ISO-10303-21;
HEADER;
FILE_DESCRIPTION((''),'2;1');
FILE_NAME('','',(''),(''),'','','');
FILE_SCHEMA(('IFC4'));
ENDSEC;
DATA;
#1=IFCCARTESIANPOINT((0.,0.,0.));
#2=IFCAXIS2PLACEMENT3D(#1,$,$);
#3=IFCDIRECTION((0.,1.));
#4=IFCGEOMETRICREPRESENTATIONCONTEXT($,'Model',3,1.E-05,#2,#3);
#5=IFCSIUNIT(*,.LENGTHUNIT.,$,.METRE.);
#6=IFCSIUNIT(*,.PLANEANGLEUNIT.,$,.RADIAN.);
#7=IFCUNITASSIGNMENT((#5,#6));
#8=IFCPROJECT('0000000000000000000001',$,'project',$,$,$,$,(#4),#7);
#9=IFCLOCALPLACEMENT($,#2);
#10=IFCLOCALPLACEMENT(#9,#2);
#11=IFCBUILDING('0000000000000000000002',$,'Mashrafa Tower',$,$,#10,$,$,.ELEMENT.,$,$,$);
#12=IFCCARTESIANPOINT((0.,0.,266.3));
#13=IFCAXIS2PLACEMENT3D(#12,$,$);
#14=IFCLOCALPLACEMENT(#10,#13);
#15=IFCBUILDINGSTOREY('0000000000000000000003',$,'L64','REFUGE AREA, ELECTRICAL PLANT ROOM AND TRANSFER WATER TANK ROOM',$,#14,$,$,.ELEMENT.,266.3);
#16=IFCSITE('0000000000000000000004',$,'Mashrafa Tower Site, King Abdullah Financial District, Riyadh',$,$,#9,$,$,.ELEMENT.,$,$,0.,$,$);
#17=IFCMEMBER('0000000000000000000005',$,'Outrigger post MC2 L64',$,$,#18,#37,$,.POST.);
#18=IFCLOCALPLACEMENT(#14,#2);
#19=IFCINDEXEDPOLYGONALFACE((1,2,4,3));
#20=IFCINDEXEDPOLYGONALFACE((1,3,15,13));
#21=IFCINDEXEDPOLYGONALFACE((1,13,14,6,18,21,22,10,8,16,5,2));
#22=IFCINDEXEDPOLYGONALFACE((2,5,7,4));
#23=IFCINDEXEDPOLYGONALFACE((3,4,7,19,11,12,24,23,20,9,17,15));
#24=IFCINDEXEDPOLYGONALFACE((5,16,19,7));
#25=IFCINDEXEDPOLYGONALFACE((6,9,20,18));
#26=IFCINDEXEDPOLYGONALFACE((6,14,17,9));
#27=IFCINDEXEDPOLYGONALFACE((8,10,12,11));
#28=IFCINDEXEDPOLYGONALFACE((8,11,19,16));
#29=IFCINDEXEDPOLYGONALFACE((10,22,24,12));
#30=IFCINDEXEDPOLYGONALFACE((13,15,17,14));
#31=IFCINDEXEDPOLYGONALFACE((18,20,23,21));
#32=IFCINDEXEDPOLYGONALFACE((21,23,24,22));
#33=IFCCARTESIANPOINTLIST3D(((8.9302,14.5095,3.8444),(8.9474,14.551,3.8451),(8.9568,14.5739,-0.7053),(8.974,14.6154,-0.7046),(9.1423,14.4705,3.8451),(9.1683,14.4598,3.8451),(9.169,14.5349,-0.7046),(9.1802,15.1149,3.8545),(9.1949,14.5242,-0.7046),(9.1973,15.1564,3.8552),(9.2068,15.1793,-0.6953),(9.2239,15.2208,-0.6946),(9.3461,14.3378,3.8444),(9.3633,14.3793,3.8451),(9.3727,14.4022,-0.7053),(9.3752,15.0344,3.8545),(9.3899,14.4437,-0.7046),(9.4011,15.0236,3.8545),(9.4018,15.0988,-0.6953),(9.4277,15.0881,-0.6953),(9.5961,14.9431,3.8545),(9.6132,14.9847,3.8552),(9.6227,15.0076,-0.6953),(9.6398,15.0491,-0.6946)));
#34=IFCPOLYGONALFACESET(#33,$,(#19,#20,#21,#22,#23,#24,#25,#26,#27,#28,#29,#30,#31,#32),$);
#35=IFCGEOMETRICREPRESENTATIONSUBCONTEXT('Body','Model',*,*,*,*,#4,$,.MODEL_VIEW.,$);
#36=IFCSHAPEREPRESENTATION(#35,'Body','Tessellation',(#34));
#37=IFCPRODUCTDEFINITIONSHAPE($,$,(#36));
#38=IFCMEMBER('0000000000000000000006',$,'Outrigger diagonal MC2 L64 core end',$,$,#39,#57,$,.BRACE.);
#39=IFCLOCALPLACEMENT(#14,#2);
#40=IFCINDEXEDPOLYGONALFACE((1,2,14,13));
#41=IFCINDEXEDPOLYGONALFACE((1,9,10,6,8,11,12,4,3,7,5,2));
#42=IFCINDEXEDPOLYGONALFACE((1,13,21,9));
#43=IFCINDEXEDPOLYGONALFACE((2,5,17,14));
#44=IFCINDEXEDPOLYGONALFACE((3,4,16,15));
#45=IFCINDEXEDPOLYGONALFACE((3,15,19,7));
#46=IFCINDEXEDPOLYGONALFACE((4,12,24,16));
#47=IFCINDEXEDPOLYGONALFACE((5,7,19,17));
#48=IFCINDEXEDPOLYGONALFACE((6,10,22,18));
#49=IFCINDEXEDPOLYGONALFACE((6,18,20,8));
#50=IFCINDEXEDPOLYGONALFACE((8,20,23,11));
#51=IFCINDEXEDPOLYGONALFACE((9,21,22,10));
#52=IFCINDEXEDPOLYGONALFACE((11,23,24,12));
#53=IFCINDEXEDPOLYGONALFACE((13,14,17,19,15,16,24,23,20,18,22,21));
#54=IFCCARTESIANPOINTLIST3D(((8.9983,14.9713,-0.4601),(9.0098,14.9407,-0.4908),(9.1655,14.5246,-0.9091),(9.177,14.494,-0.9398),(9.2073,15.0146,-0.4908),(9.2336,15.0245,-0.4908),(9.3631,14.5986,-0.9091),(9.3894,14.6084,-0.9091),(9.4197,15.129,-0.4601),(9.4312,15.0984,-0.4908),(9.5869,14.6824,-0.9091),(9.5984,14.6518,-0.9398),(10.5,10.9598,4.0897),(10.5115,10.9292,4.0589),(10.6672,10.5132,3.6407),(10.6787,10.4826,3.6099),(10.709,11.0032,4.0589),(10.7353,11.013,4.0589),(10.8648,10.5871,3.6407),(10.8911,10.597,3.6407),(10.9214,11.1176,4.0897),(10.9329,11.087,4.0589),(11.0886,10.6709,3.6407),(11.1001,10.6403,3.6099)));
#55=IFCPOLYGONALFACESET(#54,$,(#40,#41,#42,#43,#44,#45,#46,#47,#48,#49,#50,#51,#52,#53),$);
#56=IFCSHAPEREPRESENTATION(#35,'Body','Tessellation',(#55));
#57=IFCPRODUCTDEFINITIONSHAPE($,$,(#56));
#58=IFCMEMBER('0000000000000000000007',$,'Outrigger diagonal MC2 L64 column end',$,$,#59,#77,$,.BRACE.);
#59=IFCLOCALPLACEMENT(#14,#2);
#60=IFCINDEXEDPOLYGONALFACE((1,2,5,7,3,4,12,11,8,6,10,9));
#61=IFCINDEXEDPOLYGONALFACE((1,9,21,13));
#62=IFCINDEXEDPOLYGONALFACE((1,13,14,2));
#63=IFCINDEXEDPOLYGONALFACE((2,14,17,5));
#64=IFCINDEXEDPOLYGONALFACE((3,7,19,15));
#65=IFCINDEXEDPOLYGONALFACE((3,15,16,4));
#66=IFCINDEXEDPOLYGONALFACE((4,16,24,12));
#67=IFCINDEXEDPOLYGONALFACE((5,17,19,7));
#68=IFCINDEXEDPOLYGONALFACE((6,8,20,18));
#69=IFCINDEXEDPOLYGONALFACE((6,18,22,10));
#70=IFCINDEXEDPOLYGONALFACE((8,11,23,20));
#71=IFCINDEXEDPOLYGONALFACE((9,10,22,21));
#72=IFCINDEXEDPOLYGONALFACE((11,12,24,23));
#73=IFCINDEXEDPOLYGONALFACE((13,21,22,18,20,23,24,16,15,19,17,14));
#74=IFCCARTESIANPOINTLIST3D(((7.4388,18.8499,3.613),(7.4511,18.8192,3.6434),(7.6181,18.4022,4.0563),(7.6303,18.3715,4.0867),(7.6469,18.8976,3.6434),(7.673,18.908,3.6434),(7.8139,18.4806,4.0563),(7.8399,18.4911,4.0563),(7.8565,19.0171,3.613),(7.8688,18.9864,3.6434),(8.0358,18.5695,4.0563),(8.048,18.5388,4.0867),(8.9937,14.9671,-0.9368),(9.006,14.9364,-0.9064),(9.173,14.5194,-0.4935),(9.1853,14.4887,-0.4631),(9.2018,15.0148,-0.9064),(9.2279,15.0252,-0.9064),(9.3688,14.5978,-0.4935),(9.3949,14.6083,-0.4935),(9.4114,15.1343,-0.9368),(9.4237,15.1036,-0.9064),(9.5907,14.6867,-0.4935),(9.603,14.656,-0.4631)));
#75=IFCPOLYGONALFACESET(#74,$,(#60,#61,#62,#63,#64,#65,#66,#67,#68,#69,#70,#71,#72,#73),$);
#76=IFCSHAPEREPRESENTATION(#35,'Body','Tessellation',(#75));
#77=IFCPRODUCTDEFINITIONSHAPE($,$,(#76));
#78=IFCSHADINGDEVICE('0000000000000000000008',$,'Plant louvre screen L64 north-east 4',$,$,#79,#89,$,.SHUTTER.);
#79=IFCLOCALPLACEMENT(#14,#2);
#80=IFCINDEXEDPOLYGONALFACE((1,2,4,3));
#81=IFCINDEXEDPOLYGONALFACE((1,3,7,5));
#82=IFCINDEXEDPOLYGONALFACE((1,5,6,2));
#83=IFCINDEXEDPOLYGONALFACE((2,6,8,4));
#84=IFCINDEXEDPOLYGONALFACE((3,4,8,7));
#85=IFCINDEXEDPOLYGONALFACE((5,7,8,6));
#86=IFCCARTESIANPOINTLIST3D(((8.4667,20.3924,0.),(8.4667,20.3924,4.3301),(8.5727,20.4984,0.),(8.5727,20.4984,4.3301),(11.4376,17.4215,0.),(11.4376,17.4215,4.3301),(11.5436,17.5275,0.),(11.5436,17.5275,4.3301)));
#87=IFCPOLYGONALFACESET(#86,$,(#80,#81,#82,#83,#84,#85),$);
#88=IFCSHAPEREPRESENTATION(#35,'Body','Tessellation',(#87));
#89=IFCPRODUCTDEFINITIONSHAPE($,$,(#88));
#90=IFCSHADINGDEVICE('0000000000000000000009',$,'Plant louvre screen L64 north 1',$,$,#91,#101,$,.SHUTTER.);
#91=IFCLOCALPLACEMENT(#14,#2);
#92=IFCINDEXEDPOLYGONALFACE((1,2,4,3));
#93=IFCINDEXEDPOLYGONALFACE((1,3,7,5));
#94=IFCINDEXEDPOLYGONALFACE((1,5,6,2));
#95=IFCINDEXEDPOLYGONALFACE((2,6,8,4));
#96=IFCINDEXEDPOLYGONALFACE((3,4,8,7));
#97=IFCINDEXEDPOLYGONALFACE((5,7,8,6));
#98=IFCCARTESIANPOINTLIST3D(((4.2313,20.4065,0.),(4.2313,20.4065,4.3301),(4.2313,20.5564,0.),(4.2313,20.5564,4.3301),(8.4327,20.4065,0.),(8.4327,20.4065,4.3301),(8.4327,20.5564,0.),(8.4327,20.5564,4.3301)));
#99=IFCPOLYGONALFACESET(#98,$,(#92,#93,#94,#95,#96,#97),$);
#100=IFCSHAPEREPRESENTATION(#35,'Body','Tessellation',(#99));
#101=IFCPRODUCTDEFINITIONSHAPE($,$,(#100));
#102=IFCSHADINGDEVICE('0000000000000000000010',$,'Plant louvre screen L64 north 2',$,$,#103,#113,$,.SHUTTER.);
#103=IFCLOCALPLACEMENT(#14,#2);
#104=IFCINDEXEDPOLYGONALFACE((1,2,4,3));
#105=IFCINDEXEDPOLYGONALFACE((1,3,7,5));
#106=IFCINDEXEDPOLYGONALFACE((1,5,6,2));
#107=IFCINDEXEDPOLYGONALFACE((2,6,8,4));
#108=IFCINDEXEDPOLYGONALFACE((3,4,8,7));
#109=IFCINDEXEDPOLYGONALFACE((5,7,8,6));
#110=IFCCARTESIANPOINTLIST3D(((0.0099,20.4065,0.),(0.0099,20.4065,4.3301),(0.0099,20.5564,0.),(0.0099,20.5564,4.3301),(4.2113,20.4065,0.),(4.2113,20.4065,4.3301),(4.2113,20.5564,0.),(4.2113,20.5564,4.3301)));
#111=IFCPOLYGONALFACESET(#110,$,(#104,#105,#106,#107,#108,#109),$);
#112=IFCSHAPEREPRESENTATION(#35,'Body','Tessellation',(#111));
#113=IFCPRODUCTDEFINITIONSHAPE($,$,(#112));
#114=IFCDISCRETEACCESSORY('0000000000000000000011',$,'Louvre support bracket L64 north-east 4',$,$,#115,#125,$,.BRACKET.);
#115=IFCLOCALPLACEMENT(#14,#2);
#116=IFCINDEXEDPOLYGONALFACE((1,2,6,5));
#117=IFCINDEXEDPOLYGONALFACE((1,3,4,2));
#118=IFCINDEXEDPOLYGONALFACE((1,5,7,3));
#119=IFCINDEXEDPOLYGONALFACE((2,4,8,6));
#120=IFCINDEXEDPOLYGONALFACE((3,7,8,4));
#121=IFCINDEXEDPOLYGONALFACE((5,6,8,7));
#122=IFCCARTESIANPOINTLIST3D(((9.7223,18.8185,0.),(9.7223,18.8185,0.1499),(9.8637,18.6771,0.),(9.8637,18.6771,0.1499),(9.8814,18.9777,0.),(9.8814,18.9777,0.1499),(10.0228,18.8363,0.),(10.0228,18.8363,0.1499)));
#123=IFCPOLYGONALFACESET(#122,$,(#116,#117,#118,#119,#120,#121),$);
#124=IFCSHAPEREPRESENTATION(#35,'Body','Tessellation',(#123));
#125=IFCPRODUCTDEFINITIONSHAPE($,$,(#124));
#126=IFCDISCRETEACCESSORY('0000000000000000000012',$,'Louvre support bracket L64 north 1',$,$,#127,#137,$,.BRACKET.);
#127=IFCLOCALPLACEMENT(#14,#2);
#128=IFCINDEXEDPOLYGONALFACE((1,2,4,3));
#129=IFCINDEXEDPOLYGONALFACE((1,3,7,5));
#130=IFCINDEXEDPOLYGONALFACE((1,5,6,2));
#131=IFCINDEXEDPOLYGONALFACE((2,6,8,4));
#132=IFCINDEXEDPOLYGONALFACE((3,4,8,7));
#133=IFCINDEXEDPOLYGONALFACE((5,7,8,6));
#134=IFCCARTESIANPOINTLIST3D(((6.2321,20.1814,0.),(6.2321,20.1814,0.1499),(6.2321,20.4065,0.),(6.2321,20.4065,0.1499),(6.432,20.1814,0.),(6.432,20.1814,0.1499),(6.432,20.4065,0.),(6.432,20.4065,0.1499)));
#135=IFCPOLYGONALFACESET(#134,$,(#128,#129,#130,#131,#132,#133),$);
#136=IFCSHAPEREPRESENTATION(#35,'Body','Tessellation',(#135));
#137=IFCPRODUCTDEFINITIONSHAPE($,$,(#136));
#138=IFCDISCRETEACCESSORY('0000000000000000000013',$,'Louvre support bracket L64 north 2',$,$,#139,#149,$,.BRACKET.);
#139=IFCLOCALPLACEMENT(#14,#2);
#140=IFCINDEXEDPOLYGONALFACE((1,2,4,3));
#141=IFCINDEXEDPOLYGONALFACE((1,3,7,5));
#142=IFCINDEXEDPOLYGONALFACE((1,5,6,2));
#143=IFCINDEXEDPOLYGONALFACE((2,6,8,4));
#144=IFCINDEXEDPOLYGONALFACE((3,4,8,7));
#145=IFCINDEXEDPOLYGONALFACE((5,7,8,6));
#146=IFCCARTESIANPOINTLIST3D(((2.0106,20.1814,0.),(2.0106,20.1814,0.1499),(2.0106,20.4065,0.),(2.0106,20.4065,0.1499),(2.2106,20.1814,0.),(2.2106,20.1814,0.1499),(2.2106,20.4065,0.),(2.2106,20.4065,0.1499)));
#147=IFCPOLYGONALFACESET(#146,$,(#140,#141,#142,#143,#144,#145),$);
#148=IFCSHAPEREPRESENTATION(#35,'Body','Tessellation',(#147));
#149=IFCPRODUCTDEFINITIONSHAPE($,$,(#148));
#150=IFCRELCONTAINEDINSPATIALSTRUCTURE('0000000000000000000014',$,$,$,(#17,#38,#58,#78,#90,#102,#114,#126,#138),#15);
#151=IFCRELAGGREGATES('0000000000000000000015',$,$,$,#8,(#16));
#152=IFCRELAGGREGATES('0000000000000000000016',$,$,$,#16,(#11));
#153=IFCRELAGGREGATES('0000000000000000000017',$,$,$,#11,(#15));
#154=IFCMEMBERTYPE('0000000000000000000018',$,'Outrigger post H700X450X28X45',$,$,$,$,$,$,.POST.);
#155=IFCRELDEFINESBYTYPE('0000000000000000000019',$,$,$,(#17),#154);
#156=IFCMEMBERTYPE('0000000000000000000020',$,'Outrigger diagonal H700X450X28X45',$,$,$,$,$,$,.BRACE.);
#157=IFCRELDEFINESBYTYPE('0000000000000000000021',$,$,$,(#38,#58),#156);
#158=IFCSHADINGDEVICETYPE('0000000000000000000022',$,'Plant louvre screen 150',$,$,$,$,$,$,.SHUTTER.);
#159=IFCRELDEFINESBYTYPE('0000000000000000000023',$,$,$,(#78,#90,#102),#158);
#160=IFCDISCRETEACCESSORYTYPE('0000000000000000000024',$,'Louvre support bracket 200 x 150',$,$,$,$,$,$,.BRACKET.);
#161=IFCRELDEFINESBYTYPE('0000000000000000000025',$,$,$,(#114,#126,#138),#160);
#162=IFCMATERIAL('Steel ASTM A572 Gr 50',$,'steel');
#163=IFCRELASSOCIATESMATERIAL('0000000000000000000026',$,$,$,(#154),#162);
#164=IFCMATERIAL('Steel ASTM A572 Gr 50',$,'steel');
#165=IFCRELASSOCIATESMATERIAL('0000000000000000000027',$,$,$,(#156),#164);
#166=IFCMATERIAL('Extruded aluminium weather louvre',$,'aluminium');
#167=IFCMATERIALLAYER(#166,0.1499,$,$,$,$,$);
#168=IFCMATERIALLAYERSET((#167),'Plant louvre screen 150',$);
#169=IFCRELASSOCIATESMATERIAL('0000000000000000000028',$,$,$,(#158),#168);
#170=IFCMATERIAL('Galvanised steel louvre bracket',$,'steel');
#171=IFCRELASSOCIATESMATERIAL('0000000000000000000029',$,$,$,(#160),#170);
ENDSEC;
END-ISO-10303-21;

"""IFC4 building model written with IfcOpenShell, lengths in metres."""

from ifc_helpers import new_model, si_unit, direction, frame, origin, origin_2d, place, context, subcontext, project, spatial, rectangle, i_section, extrude, source, transform, mapped, material, layer, layer_set, material_profile, profile_set, type_object, type_shapes, element, save


model = new_model("IFC4")

# Units and contexts
model_context = context("Model", 3, precision=1e-05, world=origin(), true_north=direction((0.0, 1.0)))
body_context = subcontext(model_context, "Body", "Model", "MODEL_VIEW")
ifc_project = project(units=[si_unit("LENGTHUNIT", "METRE"), si_unit("PLANEANGLEUNIT", "RADIAN")], contexts=[model_context])

# Site, building, storey
site_placement = place(None, origin())
site = spatial("IfcSite", under=ifc_project, at=site_placement, Name="Mashrafa Tower Site, King Abdullah Financial District, Riyadh", CompositionType="ELEMENT", RefElevation=0.0)
building_placement = place(site_placement, origin())
building = spatial("IfcBuilding", under=site, at=building_placement, Name="Mashrafa Tower", CompositionType="ELEMENT")
storey_placement = place(building_placement, frame((0.0, 0.0, 266.3)))
storey = spatial("IfcBuildingStorey", under=building, at=storey_placement, Name="L64", Description="REFUGE AREA, ELECTRICAL PLANT ROOM AND TRANSFER WATER TANK ROOM", CompositionType="ELEMENT", Elevation=266.3)

# Members
ifc_material_1 = material(Name="Steel ASTM A572 Gr 50", Category="steel")
ifc_material_profile_1 = material_profile(ifc_material_1, i_section(OverallWidth=0.45, OverallDepth=0.7, WebThickness=0.0281, FlangeThickness=0.0449, at=origin_2d()), Name="H700X450X28X45")
ifc_profile_set_1 = profile_set([ifc_material_profile_1], Name="Steel ASTM A572 Gr 50")
member_type_1 = type_object("IfcMemberType", Name="Outrigger post H700X450X28X45", PredefinedType="POST", material=ifc_profile_set_1)
shared_shape_1 = source(origin(), body_context, "Body", "SweptSolid", [
    extrude(i_section(OverallWidth=0.45, OverallDepth=0.7, WebThickness=0.0281, FlangeThickness=0.0449, at=origin_2d()), origin(), (0.0, 0.0, 1.0), 4.5503),
])
type_shapes(member_type_1, [shared_shape_1])
member_1_placement = place(storey_placement, frame((9.2983, 14.8115, -0.7), z_axis=(-0.005848, -0.014164, 0.999883), x_axis=(0.924315, -0.38163, 0.0)))
element("IfcMember", 1, at=member_1_placement, inside=storey, type_object=member_type_1, Name="Outrigger post MC2 L64", PredefinedType="POST", context=body_context, shape_type="MappedRepresentation", body=[
    mapped(shared_shape_1, transform((0.0, 0.0, 0.0))),
])
ifc_material_2 = material(Name="Steel ASTM A572 Gr 50", Category="steel")
ifc_material_profile_2 = material_profile(ifc_material_2, i_section(OverallWidth=0.45, OverallDepth=0.7, WebThickness=0.0281, FlangeThickness=0.0449, at=origin_2d()), Name="H700X450X28X45")
ifc_profile_set_2 = profile_set([ifc_material_profile_2], Name="Steel ASTM A572 Gr 50")
member_type_2 = type_object("IfcMemberType", Name="Outrigger diagonal H700X450X28X45", PredefinedType="BRACE", material=ifc_profile_set_2)
shared_shape_2 = source(origin(), body_context, "Body", "SweptSolid", [
    extrude(i_section(OverallWidth=0.45, OverallDepth=0.7, WebThickness=0.0281, FlangeThickness=0.0449, at=origin_2d()), origin(), (0.0, 0.0, 1.0), 6.2488),
])
member_2_placement = place(storey_placement, frame((9.2983, 14.8115, -0.7), z_axis=(0.240319, -0.641957, 0.728106), x_axis=(0.936528, 0.350592, 0.0)))
element("IfcMember", 2, at=member_2_placement, inside=storey, type_object=member_type_2, Name="Outrigger diagonal MC2 L64 core end", PredefinedType="BRACE", context=body_context, shape_type="MappedRepresentation", body=[
    mapped(shared_shape_2, transform((0.0, 0.0, 0.0))),
])
shared_shape_3 = source(origin(), body_context, "Body", "SweptSolid", [
    extrude(i_section(OverallWidth=0.45, OverallDepth=0.7, WebThickness=0.0281, FlangeThickness=0.0449, at=origin_2d()), origin(), (0.0, 0.0, 1.0), 6.1802),
])
type_shapes(member_type_2, [shared_shape_2, shared_shape_3])
member_3_placement = place(storey_placement, frame((9.2983, 14.8115, -0.7), z_axis=(-0.251599, 0.628267, 0.736192), x_axis=(-0.928328, -0.371763, 0.0)))
element("IfcMember", 3, at=member_3_placement, inside=storey, type_object=member_type_2, Name="Outrigger diagonal MC2 L64 column end", PredefinedType="BRACE", context=body_context, shape_type="MappedRepresentation", body=[
    mapped(shared_shape_3, transform((0.0, 0.0, 0.0))),
])

# Shading devices
ifc_material_3 = material(Name="Extruded aluminium weather louvre", Category="aluminium")
ifc_layer = layer(ifc_material_3, 0.1499)
ifc_layer_set = layer_set([ifc_layer], Name="Plant louvre screen 150")
shading_device_type = type_object("IfcShadingDeviceType", Name="Plant louvre screen 150", PredefinedType="SHUTTER", material=ifc_layer_set)
shared_shape_4 = source(origin(), body_context, "Body", "SweptSolid", [
    extrude(rectangle(XDim=4.2014, YDim=0.1499, at=origin_2d()), origin(), (0.0, 0.0, 1.0), 4.3301),
])
type_shapes(shading_device_type, [shared_shape_4])
for number, where, z_axis, x_axis, name in (
    (4, (10.0051, 18.96, 0.0), (0.0, 0.0, 1.0), (-0.707107, 0.707107, 0.0), "Plant louvre screen L64 north-east 4"),
    (5, (6.332, 20.4814, 0.0), (0.0, 0.0, 1.0), (-1.0, 0.0, 0.0), "Plant louvre screen L64 north 1"),
    (6, (2.1106, 20.4814, 0.0), (0.0, 0.0, 1.0), (-1.0, 0.0, 0.0), "Plant louvre screen L64 north 2"),
):
    element("IfcShadingDevice", number, at=place(storey_placement, frame(where, z_axis=z_axis, x_axis=x_axis)), inside=storey, type_object=shading_device_type, Name=name, PredefinedType="SHUTTER", context=body_context, shape_type="MappedRepresentation", body=[
        mapped(shared_shape_4, transform((0.0, 0.0, 0.0))),
    ])

# Discrete accessories
ifc_material_4 = material(Name="Galvanised steel louvre bracket", Category="steel")
discrete_accessory_type = type_object("IfcDiscreteAccessoryType", Name="Louvre support bracket 200 x 150", PredefinedType="BRACKET", material=ifc_material_4)
shared_shape_5 = source(origin(), body_context, "Body", "SweptSolid", [
    extrude(rectangle(XDim=0.2, YDim=0.2251, at=origin_2d()), origin(), (0.0, 0.0, 1.0), 0.1499),
])
type_shapes(discrete_accessory_type, [shared_shape_5])
for number, where, z_axis, x_axis, name in (
    (7, (9.8726, 18.8274, 0.0), (0.0, 0.0, 1.0), (-0.707107, 0.707107, 0.0), "Louvre support bracket L64 north-east 4"),
    (8, (6.332, 20.2939, 0.0), (0.0, 0.0, 1.0), (-1.0, 0.0, 0.0), "Louvre support bracket L64 north 1"),
    (9, (2.1106, 20.2939, 0.0), (0.0, 0.0, 1.0), (-1.0, 0.0, 0.0), "Louvre support bracket L64 north 2"),
):
    element("IfcDiscreteAccessory", number, at=place(storey_placement, frame(where, z_axis=z_axis, x_axis=x_axis)), inside=storey, type_object=discrete_accessory_type, Name=name, PredefinedType="BRACKET", context=body_context, shape_type="MappedRepresentation", body=[
        mapped(shared_shape_5, transform((0.0, 0.0, 0.0))),
    ])

save(model, "model.ifc")
